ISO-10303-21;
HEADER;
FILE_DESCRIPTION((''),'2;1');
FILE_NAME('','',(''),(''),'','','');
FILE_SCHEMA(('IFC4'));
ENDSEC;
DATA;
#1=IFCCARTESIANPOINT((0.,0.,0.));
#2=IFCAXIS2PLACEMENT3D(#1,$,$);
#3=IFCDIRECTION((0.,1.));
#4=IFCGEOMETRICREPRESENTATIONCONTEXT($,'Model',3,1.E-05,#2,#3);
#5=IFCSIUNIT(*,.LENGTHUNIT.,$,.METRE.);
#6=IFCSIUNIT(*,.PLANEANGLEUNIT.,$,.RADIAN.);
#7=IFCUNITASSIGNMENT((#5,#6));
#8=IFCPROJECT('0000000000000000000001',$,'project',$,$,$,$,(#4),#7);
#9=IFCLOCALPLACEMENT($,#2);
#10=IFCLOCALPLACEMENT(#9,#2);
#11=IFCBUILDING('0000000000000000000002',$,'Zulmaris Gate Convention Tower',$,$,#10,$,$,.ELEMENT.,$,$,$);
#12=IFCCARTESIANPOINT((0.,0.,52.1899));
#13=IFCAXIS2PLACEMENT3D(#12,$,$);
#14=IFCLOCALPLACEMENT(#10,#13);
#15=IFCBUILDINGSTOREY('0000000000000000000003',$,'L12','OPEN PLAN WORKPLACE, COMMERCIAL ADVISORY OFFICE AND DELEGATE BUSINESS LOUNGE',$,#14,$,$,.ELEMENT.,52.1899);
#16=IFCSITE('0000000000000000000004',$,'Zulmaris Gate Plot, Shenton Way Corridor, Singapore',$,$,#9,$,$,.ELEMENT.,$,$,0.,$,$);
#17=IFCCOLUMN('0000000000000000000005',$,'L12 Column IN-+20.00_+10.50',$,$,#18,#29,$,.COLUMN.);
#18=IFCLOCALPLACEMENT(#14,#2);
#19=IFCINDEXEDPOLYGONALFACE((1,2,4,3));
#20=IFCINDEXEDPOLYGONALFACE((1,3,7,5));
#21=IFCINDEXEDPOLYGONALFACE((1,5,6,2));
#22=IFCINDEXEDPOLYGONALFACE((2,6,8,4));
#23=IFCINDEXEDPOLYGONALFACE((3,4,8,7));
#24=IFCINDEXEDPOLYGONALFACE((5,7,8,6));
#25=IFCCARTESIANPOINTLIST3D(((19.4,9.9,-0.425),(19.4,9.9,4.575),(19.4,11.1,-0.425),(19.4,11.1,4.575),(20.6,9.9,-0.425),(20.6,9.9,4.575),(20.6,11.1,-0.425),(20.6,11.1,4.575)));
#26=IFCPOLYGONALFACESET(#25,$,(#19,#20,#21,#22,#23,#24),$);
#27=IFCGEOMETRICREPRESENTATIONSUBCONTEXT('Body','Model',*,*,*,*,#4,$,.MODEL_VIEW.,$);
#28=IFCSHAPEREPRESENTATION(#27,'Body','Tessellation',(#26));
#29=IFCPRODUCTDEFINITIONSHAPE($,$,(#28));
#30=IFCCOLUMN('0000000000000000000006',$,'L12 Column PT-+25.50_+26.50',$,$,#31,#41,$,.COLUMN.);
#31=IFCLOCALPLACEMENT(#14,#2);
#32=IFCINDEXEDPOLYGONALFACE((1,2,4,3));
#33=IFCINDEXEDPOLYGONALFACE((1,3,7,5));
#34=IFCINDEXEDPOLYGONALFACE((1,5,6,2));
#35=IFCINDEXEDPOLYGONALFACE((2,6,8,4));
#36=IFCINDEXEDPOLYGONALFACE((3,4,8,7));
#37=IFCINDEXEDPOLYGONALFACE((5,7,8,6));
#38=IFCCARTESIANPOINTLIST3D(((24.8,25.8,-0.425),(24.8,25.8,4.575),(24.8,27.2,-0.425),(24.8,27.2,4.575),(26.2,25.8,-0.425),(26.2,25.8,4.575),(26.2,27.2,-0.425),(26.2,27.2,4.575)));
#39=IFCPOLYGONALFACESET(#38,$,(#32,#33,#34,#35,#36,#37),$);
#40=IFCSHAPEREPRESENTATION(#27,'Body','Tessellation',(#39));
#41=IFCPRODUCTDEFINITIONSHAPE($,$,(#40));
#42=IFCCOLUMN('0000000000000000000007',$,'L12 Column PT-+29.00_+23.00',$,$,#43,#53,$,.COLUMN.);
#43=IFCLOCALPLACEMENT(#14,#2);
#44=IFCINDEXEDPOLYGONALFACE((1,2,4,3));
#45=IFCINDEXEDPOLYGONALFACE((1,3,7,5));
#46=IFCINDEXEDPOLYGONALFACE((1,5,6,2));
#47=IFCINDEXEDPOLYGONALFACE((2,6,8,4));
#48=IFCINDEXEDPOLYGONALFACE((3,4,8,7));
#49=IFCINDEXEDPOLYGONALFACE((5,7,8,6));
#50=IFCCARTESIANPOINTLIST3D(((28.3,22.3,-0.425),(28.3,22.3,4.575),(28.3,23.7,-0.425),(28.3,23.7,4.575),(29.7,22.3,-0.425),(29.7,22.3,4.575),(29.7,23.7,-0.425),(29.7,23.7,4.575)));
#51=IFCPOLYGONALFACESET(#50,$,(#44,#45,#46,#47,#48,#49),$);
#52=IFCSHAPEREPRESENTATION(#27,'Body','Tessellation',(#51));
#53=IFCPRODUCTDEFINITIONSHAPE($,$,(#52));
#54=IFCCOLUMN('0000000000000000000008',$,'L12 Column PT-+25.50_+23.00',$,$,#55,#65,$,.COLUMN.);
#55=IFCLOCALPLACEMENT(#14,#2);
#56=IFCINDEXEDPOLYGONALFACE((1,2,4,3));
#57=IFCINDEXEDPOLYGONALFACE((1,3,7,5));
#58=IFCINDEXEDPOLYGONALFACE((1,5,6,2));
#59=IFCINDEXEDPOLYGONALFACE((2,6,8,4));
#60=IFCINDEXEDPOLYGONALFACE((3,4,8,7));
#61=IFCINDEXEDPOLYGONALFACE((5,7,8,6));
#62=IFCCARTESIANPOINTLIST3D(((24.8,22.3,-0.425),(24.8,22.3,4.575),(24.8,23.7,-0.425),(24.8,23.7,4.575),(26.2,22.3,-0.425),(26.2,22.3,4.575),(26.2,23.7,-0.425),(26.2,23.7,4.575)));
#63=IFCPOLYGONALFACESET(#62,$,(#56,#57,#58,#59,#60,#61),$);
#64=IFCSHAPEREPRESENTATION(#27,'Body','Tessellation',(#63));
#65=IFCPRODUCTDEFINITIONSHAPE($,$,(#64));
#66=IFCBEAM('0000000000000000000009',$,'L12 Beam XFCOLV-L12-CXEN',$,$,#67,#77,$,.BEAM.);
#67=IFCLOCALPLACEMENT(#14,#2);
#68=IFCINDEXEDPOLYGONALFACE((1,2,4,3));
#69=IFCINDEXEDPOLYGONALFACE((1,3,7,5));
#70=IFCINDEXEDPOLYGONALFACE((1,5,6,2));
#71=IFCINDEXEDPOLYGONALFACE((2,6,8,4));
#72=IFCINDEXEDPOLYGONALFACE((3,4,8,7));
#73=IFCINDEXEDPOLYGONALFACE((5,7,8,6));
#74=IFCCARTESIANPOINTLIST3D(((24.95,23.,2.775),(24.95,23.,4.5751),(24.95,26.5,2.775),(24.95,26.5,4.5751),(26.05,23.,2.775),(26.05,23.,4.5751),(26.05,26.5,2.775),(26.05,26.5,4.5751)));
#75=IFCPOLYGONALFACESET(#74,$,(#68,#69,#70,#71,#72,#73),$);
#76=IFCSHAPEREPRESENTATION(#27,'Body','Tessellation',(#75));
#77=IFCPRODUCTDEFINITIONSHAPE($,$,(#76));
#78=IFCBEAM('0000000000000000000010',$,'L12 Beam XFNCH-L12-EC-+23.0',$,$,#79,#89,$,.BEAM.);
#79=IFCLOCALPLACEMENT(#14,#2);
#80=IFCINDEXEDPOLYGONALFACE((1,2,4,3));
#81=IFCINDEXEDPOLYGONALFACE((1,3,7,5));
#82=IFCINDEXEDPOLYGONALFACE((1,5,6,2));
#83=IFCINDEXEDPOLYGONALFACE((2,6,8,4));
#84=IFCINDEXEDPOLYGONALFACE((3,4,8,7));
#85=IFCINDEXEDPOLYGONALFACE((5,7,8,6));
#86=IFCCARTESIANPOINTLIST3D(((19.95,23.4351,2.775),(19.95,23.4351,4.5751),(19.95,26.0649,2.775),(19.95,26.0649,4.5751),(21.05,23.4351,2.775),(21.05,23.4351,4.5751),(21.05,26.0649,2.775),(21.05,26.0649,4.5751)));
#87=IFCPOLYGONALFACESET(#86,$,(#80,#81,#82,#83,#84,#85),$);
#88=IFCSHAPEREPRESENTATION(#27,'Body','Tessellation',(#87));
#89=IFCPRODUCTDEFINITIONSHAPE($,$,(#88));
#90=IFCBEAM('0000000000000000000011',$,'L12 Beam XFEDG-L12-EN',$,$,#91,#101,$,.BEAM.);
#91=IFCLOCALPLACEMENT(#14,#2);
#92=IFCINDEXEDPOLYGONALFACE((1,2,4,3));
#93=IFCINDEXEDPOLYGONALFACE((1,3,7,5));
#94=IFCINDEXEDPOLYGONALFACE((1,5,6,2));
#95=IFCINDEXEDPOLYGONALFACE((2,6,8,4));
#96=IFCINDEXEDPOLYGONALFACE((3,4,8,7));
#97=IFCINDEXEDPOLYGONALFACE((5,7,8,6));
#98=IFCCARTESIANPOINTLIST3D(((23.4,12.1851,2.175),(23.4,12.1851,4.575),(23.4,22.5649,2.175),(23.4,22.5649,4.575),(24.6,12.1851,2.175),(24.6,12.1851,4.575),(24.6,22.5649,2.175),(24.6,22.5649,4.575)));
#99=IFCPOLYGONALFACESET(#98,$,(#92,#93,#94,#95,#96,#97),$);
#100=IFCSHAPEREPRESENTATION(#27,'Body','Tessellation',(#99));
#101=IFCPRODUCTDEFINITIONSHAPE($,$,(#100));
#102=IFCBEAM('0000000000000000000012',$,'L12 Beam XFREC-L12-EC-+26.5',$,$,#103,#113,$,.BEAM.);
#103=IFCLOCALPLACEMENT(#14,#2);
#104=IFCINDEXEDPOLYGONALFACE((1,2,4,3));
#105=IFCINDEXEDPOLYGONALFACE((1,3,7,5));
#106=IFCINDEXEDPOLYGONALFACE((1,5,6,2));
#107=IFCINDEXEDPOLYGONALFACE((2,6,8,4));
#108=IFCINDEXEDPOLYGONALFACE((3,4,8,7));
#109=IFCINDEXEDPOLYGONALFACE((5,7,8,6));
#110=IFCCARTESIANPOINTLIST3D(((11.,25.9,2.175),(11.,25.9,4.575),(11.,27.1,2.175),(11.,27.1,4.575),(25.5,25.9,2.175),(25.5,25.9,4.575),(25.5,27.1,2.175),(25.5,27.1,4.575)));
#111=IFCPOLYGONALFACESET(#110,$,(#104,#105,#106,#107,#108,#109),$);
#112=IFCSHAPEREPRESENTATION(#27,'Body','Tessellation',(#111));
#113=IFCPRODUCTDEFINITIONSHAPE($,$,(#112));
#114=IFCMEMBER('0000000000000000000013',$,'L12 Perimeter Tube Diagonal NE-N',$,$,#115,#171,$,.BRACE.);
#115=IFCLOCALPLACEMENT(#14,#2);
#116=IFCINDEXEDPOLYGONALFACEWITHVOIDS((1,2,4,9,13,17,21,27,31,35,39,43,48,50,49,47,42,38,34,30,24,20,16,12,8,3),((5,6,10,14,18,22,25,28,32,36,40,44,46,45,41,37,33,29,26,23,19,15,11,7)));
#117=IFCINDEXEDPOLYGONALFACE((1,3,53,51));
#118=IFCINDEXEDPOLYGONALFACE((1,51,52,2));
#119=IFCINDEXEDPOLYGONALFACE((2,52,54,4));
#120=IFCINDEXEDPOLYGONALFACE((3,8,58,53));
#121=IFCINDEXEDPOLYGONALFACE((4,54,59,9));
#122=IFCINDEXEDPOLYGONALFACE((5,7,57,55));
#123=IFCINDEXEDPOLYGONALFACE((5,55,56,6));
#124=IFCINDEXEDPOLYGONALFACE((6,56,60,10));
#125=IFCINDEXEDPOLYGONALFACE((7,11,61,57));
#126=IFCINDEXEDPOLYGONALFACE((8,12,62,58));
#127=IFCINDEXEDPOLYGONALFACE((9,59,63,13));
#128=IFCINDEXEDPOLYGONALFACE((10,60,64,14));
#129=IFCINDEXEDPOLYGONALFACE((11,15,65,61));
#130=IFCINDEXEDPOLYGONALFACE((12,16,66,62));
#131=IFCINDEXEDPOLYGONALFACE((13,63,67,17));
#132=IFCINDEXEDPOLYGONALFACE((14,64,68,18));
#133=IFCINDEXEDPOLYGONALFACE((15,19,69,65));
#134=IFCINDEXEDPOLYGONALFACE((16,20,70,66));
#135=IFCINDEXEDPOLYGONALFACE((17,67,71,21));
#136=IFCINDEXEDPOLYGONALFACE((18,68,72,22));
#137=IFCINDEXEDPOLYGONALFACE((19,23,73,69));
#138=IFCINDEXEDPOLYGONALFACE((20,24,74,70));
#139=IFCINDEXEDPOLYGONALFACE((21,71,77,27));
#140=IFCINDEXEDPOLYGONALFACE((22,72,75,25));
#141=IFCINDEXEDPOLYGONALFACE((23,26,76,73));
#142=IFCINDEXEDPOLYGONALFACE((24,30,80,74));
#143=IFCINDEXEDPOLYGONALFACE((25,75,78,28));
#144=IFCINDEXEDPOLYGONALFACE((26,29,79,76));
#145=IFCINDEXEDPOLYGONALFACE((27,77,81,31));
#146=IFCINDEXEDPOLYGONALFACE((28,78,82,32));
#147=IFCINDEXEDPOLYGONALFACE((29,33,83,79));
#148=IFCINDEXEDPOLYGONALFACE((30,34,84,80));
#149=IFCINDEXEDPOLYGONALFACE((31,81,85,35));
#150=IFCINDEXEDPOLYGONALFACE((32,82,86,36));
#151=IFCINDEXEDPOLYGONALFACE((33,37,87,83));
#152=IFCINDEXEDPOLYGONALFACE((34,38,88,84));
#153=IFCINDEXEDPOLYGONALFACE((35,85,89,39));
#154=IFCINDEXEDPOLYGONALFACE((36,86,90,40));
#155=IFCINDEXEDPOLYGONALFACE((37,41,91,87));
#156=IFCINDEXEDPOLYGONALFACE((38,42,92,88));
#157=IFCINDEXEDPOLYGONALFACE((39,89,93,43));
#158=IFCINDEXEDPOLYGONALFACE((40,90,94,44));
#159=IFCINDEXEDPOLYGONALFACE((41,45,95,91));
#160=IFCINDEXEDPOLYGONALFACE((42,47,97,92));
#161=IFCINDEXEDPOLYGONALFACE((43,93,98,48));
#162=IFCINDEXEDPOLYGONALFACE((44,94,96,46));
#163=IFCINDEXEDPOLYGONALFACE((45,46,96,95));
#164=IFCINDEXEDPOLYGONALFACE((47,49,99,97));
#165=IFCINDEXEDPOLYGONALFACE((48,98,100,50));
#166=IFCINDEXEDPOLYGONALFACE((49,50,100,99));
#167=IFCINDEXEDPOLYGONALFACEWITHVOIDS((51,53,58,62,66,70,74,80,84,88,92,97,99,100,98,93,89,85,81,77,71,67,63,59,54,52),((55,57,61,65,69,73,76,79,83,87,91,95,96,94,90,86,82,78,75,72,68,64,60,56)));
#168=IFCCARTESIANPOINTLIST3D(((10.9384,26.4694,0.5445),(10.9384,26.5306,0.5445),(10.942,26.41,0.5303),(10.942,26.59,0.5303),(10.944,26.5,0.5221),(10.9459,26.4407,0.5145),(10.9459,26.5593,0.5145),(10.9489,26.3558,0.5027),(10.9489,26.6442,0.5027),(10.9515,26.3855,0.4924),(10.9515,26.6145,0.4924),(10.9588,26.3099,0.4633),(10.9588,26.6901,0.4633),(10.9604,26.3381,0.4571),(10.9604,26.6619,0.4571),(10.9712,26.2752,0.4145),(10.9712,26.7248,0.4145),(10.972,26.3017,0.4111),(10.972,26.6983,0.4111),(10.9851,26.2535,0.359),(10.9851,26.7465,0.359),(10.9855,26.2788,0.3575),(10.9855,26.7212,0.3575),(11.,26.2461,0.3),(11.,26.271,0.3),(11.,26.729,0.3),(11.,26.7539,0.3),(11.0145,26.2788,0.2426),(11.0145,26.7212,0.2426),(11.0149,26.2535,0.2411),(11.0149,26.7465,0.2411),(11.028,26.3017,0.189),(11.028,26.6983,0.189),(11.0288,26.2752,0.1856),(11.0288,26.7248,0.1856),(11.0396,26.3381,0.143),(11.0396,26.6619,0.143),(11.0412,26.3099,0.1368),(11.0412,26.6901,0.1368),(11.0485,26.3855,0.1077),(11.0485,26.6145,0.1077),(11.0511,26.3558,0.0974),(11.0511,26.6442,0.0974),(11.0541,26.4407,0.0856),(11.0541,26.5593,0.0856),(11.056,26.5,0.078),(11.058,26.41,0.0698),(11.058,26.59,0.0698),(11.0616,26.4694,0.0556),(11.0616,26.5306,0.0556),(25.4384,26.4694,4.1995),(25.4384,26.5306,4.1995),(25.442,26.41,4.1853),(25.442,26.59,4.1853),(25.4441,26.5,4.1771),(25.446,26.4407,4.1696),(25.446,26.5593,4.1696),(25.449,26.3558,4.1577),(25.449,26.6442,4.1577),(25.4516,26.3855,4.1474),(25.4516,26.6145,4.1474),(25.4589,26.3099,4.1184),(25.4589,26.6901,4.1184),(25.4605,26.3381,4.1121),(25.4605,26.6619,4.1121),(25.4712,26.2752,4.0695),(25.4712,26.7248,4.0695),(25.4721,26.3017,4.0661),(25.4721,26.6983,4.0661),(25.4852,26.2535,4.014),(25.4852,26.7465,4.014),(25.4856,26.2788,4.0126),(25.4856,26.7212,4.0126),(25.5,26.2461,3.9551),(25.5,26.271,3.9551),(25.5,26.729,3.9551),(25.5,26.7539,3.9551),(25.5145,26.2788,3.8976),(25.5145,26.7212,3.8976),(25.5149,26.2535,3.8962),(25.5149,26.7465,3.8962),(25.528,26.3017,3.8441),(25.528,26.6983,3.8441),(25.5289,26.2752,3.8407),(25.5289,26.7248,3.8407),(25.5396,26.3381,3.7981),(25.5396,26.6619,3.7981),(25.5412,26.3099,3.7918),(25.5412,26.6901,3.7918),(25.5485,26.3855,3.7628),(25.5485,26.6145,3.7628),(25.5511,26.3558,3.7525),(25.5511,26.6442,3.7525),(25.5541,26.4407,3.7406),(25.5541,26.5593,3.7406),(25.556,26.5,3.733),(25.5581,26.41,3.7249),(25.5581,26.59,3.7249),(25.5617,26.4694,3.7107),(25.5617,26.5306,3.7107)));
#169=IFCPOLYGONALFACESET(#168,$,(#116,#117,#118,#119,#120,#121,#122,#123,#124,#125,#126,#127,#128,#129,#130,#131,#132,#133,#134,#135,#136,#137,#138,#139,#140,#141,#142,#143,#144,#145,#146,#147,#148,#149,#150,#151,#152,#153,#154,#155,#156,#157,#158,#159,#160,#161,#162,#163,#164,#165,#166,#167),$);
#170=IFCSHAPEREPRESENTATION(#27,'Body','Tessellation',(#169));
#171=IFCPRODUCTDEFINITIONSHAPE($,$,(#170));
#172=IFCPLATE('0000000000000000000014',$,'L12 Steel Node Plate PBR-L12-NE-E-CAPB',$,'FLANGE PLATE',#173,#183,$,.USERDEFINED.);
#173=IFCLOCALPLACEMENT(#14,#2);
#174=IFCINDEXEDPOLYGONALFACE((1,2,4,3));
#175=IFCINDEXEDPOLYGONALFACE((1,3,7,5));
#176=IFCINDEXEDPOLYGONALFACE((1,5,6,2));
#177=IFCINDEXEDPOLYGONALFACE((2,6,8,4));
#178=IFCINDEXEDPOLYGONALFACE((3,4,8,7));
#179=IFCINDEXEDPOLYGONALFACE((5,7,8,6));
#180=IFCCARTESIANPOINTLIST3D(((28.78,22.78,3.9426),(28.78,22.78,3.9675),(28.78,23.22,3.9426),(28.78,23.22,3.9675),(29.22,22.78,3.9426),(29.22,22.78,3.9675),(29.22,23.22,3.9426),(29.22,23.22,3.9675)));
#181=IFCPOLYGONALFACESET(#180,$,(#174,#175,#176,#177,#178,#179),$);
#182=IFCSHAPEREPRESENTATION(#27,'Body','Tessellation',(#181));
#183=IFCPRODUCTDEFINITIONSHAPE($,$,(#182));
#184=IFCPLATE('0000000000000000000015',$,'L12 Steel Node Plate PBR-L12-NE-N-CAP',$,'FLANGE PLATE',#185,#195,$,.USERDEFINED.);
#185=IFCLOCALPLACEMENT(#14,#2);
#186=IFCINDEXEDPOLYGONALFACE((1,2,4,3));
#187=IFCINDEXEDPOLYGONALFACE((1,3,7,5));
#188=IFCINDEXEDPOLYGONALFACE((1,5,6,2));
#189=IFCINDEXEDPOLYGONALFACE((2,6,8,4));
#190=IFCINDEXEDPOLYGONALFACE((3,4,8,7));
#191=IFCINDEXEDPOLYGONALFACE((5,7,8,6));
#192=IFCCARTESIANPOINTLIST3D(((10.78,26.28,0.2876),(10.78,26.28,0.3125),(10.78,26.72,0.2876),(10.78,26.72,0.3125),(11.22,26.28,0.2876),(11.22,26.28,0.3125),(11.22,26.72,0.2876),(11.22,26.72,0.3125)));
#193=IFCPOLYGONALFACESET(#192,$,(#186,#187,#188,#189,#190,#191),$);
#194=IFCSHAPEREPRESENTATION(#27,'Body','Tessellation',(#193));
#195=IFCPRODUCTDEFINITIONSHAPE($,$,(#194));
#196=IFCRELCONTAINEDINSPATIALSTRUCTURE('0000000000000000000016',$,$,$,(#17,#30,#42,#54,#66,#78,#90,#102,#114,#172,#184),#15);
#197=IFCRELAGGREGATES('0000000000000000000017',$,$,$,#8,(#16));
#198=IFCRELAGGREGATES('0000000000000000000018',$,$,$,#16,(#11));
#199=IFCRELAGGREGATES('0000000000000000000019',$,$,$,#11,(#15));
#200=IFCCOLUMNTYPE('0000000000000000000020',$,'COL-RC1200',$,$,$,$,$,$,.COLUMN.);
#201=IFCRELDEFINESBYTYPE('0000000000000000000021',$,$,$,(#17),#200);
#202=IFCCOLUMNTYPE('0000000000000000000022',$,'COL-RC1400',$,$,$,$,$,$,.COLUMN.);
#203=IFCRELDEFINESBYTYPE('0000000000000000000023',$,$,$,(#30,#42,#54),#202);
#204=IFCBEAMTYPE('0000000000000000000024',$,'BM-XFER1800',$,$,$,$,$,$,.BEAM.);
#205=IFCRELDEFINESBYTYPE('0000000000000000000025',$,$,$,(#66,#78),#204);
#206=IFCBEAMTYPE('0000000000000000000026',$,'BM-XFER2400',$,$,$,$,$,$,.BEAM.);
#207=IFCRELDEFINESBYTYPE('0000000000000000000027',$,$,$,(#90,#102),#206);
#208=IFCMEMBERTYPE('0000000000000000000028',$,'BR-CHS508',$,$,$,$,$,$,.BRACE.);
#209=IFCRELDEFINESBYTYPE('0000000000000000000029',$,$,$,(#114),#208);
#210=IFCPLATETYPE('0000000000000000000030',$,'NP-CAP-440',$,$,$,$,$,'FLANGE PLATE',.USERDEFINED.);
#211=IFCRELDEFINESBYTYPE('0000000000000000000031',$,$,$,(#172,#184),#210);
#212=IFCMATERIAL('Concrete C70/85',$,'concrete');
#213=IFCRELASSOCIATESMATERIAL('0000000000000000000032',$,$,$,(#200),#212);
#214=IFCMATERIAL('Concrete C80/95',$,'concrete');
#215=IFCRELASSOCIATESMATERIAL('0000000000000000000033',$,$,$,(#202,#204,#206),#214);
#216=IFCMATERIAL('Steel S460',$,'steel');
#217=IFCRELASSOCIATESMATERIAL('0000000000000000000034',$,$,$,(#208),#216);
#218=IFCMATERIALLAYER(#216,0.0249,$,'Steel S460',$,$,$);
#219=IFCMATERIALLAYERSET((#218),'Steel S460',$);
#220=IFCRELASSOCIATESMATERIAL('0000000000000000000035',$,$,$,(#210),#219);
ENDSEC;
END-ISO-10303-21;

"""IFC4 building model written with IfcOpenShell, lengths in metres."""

from ifc_helpers import new_model, si_unit, direction, frame, origin, origin_2d, place, context, subcontext, project, spatial, rectangle, hollow_circle, extrude, material, layer, layer_set, material_profile, profile_set, type_object, element, save


model = new_model("IFC4")

# Units and contexts
model_context = context("Model", 3, precision=1e-05, world=origin(), true_north=direction((0.0, 1.0)))
body_context = subcontext(model_context, "Body", "Model", "MODEL_VIEW")
ifc_project = project(units=[si_unit("LENGTHUNIT", "METRE"), si_unit("PLANEANGLEUNIT", "RADIAN")], contexts=[model_context])

# Site, building, storey
site_placement = place(None, origin())
site = spatial("IfcSite", under=ifc_project, at=site_placement, Name="Zulmaris Gate Plot, Shenton Way Corridor, Singapore", CompositionType="ELEMENT", RefElevation=0.0)
building_placement = place(site_placement, origin())
building = spatial("IfcBuilding", under=site, at=building_placement, Name="Zulmaris Gate Convention Tower", CompositionType="ELEMENT")
storey_placement = place(building_placement, frame((0.0, 0.0, 52.1899)))
storey = spatial("IfcBuildingStorey", under=building, at=storey_placement, Name="L12", Description="OPEN PLAN WORKPLACE, COMMERCIAL ADVISORY OFFICE AND DELEGATE BUSINESS LOUNGE", CompositionType="ELEMENT", Elevation=52.1899)

# Columns
ifc_material_1 = material(Name="Concrete C70/85", Category="concrete")
ifc_material_profile_1 = material_profile(ifc_material_1, rectangle(XDim=1.2, YDim=1.2, at=origin_2d()), Name="RC COL 1200x1200")
ifc_profile_set_1 = profile_set([ifc_material_profile_1], Name="Concrete C70/85")
column_type_1 = type_object("IfcColumnType", Name="COL-RC1200", PredefinedType="COLUMN", material=ifc_profile_set_1)
column_placement = place(storey_placement, frame((20.0, 10.5, -0.425), z_axis=(0.0, 0.0, 1.0), x_axis=(1.0, 0.0, 0.0)))
element("IfcColumn", 1, at=column_placement, inside=storey, type_object=column_type_1, Name="L12 Column IN-+20.00_+10.50", PredefinedType="COLUMN", context=body_context, shape_type="SweptSolid", body=[
    extrude(rectangle(XDim=1.2, YDim=1.2, at=origin_2d()), origin(), (0.0, 0.0, 1.0), 5.0),
])
ifc_material_2 = material(Name="Concrete C80/95", Category="concrete")
ifc_material_profile_2 = material_profile(ifc_material_2, rectangle(XDim=1.3999, YDim=1.3999, at=origin_2d()), Name="RC COL 1400x1400")
ifc_profile_set_2 = profile_set([ifc_material_profile_2], Name="Concrete C80/95")
column_type_2 = type_object("IfcColumnType", Name="COL-RC1400", PredefinedType="COLUMN", material=ifc_profile_set_2)
for number, where, z_axis, x_axis, name in (
    (2, (25.5, 26.5, -0.425), (0.0, 0.0, 1.0), (1.0, 0.0, 0.0), "L12 Column PT-+25.50_+26.50"),
    (3, (29.0, 23.0, -0.425), (0.0, 0.0, 1.0), (1.0, 0.0, 0.0), "L12 Column PT-+29.00_+23.00"),
    (4, (25.5, 23.0, -0.425), (0.0, 0.0, 1.0), (1.0, 0.0, 0.0), "L12 Column PT-+25.50_+23.00"),
):
    element("IfcColumn", number, at=place(storey_placement, frame(where, z_axis=z_axis, x_axis=x_axis)), inside=storey, type_object=column_type_2, Name=name, PredefinedType="COLUMN", context=body_context, shape_type="SweptSolid", body=[
        extrude(rectangle(XDim=1.3999, YDim=1.3999, at=origin_2d()), origin(), (0.0, 0.0, 1.0), 5.0),
    ])

# Beams
ifc_material_profile_3 = material_profile(ifc_material_2, rectangle(XDim=1.1001, YDim=1.8, at=origin_2d()), Name="RC TRANSFER 1100x1800")
ifc_profile_set_3 = profile_set([ifc_material_profile_3], Name="Concrete C80/95")
beam_type_1 = type_object("IfcBeamType", Name="BM-XFER1800", PredefinedType="BEAM", material=ifc_profile_set_3)
beam_1_placement = place(storey_placement, frame((25.5, 23.0, 3.675), z_axis=(0.0, 1.0, 0.0), x_axis=(-1.0, 0.0, 0.0)))
element("IfcBeam", 5, at=beam_1_placement, inside=storey, type_object=beam_type_1, Name="L12 Beam XFCOLV-L12-CXEN", PredefinedType="BEAM", context=body_context, shape_type="SweptSolid", body=[
    extrude(rectangle(XDim=1.1001, YDim=1.8, at=origin_2d()), origin(), (0.0, 0.0, 1.0), 3.5),
])
beam_2_placement = place(storey_placement, frame((20.5, 23.4351, 3.675), z_axis=(0.0, 1.0, 0.0), x_axis=(-1.0, 0.0, 0.0)))
element("IfcBeam", 6, at=beam_2_placement, inside=storey, type_object=beam_type_1, Name="L12 Beam XFNCH-L12-EC-+23.0", PredefinedType="BEAM", context=body_context, shape_type="SweptSolid", body=[
    extrude(rectangle(XDim=1.1001, YDim=1.8, at=origin_2d()), origin(), (0.0, 0.0, 1.0), 2.6299),
])
ifc_material_profile_4 = material_profile(ifc_material_2, rectangle(XDim=1.2, YDim=2.3999, at=origin_2d()), Name="RC TRANSFER 1200x2400")
ifc_profile_set_4 = profile_set([ifc_material_profile_4], Name="Concrete C80/95")
beam_type_2 = type_object("IfcBeamType", Name="BM-XFER2400", PredefinedType="BEAM", material=ifc_profile_set_4)
beam_3_placement = place(storey_placement, frame((24.0, 12.1851, 3.375), z_axis=(0.0, 1.0, 0.0), x_axis=(-1.0, 0.0, 0.0)))
element("IfcBeam", 7, at=beam_3_placement, inside=storey, type_object=beam_type_2, Name="L12 Beam XFEDG-L12-EN", PredefinedType="BEAM", context=body_context, shape_type="SweptSolid", body=[
    extrude(rectangle(XDim=1.2, YDim=2.3999, at=origin_2d()), origin(), (0.0, 0.0, 1.0), 10.3799),
])
beam_4_placement = place(storey_placement, frame((11.0, 26.5, 3.375), z_axis=(1.0, 0.0, 0.0), x_axis=(0.0, 1.0, 0.0)))
element("IfcBeam", 8, at=beam_4_placement, inside=storey, type_object=beam_type_2, Name="L12 Beam XFREC-L12-EC-+26.5", PredefinedType="BEAM", context=body_context, shape_type="SweptSolid", body=[
    extrude(rectangle(XDim=1.2, YDim=2.3999, at=origin_2d()), origin(), (0.0, 0.0, 1.0), 14.5),
])

# Member
ifc_material_3 = material(Name="Steel S460", Category="steel")
ifc_material_profile_5 = material_profile(ifc_material_3, hollow_circle(Radius=0.2539, WallThickness=0.0249, at=origin_2d()), Name="CHS 508x25")
ifc_profile_set_5 = profile_set([ifc_material_profile_5], Name="Steel S460")
member_type = type_object("IfcMemberType", Name="BR-CHS508", PredefinedType="BRACE", material=ifc_profile_set_5)
member_placement = place(storey_placement, frame((11.0, 26.5, 0.3), z_axis=(0.969668, 0.0, 0.244425), x_axis=(0.0, 1.0, 0.0)))
element("IfcMember", 9, at=member_placement, inside=storey, type_object=member_type, Name="L12 Perimeter Tube Diagonal NE-N", PredefinedType="BRACE", context=body_context, shape_type="SweptSolid", body=[
    extrude(hollow_circle(Radius=0.2539, WallThickness=0.0249, at=origin_2d()), origin(), (0.0, 0.0, 1.0), 14.9536),
])

# Plates
ifc_layer_1 = layer(ifc_material_3, 0.0249, Name="Steel S460")
ifc_layer_set_1 = layer_set([ifc_layer_1], Name="Steel S460")
plate_type = type_object("IfcPlateType", Name="NP-CAP-440", ElementType="FLANGE PLATE", PredefinedType="USERDEFINED", material=ifc_layer_set_1)
for number, where, z_axis, x_axis, name in (
    (10, (29.0, 23.0, 3.9426), (0.0, 0.0, 1.0), (1.0, 0.0, 0.0), "L12 Steel Node Plate PBR-L12-NE-E-CAPB"),
    (11, (11.0, 26.5, 0.2876), (0.0, 0.0, 1.0), (1.0, 0.0, 0.0), "L12 Steel Node Plate PBR-L12-NE-N-CAP"),
):
    element("IfcPlate", number, at=place(storey_placement, frame(where, z_axis=z_axis, x_axis=x_axis)), inside=storey, type_object=plate_type, Name=name, ObjectType="FLANGE PLATE", PredefinedType="USERDEFINED", context=body_context, shape_type="SweptSolid", body=[
        extrude(rectangle(XDim=0.4399, YDim=0.4399, at=origin_2d()), origin(), (0.0, 0.0, 1.0), 0.0249),
    ])

save(model, "model.ifc")
